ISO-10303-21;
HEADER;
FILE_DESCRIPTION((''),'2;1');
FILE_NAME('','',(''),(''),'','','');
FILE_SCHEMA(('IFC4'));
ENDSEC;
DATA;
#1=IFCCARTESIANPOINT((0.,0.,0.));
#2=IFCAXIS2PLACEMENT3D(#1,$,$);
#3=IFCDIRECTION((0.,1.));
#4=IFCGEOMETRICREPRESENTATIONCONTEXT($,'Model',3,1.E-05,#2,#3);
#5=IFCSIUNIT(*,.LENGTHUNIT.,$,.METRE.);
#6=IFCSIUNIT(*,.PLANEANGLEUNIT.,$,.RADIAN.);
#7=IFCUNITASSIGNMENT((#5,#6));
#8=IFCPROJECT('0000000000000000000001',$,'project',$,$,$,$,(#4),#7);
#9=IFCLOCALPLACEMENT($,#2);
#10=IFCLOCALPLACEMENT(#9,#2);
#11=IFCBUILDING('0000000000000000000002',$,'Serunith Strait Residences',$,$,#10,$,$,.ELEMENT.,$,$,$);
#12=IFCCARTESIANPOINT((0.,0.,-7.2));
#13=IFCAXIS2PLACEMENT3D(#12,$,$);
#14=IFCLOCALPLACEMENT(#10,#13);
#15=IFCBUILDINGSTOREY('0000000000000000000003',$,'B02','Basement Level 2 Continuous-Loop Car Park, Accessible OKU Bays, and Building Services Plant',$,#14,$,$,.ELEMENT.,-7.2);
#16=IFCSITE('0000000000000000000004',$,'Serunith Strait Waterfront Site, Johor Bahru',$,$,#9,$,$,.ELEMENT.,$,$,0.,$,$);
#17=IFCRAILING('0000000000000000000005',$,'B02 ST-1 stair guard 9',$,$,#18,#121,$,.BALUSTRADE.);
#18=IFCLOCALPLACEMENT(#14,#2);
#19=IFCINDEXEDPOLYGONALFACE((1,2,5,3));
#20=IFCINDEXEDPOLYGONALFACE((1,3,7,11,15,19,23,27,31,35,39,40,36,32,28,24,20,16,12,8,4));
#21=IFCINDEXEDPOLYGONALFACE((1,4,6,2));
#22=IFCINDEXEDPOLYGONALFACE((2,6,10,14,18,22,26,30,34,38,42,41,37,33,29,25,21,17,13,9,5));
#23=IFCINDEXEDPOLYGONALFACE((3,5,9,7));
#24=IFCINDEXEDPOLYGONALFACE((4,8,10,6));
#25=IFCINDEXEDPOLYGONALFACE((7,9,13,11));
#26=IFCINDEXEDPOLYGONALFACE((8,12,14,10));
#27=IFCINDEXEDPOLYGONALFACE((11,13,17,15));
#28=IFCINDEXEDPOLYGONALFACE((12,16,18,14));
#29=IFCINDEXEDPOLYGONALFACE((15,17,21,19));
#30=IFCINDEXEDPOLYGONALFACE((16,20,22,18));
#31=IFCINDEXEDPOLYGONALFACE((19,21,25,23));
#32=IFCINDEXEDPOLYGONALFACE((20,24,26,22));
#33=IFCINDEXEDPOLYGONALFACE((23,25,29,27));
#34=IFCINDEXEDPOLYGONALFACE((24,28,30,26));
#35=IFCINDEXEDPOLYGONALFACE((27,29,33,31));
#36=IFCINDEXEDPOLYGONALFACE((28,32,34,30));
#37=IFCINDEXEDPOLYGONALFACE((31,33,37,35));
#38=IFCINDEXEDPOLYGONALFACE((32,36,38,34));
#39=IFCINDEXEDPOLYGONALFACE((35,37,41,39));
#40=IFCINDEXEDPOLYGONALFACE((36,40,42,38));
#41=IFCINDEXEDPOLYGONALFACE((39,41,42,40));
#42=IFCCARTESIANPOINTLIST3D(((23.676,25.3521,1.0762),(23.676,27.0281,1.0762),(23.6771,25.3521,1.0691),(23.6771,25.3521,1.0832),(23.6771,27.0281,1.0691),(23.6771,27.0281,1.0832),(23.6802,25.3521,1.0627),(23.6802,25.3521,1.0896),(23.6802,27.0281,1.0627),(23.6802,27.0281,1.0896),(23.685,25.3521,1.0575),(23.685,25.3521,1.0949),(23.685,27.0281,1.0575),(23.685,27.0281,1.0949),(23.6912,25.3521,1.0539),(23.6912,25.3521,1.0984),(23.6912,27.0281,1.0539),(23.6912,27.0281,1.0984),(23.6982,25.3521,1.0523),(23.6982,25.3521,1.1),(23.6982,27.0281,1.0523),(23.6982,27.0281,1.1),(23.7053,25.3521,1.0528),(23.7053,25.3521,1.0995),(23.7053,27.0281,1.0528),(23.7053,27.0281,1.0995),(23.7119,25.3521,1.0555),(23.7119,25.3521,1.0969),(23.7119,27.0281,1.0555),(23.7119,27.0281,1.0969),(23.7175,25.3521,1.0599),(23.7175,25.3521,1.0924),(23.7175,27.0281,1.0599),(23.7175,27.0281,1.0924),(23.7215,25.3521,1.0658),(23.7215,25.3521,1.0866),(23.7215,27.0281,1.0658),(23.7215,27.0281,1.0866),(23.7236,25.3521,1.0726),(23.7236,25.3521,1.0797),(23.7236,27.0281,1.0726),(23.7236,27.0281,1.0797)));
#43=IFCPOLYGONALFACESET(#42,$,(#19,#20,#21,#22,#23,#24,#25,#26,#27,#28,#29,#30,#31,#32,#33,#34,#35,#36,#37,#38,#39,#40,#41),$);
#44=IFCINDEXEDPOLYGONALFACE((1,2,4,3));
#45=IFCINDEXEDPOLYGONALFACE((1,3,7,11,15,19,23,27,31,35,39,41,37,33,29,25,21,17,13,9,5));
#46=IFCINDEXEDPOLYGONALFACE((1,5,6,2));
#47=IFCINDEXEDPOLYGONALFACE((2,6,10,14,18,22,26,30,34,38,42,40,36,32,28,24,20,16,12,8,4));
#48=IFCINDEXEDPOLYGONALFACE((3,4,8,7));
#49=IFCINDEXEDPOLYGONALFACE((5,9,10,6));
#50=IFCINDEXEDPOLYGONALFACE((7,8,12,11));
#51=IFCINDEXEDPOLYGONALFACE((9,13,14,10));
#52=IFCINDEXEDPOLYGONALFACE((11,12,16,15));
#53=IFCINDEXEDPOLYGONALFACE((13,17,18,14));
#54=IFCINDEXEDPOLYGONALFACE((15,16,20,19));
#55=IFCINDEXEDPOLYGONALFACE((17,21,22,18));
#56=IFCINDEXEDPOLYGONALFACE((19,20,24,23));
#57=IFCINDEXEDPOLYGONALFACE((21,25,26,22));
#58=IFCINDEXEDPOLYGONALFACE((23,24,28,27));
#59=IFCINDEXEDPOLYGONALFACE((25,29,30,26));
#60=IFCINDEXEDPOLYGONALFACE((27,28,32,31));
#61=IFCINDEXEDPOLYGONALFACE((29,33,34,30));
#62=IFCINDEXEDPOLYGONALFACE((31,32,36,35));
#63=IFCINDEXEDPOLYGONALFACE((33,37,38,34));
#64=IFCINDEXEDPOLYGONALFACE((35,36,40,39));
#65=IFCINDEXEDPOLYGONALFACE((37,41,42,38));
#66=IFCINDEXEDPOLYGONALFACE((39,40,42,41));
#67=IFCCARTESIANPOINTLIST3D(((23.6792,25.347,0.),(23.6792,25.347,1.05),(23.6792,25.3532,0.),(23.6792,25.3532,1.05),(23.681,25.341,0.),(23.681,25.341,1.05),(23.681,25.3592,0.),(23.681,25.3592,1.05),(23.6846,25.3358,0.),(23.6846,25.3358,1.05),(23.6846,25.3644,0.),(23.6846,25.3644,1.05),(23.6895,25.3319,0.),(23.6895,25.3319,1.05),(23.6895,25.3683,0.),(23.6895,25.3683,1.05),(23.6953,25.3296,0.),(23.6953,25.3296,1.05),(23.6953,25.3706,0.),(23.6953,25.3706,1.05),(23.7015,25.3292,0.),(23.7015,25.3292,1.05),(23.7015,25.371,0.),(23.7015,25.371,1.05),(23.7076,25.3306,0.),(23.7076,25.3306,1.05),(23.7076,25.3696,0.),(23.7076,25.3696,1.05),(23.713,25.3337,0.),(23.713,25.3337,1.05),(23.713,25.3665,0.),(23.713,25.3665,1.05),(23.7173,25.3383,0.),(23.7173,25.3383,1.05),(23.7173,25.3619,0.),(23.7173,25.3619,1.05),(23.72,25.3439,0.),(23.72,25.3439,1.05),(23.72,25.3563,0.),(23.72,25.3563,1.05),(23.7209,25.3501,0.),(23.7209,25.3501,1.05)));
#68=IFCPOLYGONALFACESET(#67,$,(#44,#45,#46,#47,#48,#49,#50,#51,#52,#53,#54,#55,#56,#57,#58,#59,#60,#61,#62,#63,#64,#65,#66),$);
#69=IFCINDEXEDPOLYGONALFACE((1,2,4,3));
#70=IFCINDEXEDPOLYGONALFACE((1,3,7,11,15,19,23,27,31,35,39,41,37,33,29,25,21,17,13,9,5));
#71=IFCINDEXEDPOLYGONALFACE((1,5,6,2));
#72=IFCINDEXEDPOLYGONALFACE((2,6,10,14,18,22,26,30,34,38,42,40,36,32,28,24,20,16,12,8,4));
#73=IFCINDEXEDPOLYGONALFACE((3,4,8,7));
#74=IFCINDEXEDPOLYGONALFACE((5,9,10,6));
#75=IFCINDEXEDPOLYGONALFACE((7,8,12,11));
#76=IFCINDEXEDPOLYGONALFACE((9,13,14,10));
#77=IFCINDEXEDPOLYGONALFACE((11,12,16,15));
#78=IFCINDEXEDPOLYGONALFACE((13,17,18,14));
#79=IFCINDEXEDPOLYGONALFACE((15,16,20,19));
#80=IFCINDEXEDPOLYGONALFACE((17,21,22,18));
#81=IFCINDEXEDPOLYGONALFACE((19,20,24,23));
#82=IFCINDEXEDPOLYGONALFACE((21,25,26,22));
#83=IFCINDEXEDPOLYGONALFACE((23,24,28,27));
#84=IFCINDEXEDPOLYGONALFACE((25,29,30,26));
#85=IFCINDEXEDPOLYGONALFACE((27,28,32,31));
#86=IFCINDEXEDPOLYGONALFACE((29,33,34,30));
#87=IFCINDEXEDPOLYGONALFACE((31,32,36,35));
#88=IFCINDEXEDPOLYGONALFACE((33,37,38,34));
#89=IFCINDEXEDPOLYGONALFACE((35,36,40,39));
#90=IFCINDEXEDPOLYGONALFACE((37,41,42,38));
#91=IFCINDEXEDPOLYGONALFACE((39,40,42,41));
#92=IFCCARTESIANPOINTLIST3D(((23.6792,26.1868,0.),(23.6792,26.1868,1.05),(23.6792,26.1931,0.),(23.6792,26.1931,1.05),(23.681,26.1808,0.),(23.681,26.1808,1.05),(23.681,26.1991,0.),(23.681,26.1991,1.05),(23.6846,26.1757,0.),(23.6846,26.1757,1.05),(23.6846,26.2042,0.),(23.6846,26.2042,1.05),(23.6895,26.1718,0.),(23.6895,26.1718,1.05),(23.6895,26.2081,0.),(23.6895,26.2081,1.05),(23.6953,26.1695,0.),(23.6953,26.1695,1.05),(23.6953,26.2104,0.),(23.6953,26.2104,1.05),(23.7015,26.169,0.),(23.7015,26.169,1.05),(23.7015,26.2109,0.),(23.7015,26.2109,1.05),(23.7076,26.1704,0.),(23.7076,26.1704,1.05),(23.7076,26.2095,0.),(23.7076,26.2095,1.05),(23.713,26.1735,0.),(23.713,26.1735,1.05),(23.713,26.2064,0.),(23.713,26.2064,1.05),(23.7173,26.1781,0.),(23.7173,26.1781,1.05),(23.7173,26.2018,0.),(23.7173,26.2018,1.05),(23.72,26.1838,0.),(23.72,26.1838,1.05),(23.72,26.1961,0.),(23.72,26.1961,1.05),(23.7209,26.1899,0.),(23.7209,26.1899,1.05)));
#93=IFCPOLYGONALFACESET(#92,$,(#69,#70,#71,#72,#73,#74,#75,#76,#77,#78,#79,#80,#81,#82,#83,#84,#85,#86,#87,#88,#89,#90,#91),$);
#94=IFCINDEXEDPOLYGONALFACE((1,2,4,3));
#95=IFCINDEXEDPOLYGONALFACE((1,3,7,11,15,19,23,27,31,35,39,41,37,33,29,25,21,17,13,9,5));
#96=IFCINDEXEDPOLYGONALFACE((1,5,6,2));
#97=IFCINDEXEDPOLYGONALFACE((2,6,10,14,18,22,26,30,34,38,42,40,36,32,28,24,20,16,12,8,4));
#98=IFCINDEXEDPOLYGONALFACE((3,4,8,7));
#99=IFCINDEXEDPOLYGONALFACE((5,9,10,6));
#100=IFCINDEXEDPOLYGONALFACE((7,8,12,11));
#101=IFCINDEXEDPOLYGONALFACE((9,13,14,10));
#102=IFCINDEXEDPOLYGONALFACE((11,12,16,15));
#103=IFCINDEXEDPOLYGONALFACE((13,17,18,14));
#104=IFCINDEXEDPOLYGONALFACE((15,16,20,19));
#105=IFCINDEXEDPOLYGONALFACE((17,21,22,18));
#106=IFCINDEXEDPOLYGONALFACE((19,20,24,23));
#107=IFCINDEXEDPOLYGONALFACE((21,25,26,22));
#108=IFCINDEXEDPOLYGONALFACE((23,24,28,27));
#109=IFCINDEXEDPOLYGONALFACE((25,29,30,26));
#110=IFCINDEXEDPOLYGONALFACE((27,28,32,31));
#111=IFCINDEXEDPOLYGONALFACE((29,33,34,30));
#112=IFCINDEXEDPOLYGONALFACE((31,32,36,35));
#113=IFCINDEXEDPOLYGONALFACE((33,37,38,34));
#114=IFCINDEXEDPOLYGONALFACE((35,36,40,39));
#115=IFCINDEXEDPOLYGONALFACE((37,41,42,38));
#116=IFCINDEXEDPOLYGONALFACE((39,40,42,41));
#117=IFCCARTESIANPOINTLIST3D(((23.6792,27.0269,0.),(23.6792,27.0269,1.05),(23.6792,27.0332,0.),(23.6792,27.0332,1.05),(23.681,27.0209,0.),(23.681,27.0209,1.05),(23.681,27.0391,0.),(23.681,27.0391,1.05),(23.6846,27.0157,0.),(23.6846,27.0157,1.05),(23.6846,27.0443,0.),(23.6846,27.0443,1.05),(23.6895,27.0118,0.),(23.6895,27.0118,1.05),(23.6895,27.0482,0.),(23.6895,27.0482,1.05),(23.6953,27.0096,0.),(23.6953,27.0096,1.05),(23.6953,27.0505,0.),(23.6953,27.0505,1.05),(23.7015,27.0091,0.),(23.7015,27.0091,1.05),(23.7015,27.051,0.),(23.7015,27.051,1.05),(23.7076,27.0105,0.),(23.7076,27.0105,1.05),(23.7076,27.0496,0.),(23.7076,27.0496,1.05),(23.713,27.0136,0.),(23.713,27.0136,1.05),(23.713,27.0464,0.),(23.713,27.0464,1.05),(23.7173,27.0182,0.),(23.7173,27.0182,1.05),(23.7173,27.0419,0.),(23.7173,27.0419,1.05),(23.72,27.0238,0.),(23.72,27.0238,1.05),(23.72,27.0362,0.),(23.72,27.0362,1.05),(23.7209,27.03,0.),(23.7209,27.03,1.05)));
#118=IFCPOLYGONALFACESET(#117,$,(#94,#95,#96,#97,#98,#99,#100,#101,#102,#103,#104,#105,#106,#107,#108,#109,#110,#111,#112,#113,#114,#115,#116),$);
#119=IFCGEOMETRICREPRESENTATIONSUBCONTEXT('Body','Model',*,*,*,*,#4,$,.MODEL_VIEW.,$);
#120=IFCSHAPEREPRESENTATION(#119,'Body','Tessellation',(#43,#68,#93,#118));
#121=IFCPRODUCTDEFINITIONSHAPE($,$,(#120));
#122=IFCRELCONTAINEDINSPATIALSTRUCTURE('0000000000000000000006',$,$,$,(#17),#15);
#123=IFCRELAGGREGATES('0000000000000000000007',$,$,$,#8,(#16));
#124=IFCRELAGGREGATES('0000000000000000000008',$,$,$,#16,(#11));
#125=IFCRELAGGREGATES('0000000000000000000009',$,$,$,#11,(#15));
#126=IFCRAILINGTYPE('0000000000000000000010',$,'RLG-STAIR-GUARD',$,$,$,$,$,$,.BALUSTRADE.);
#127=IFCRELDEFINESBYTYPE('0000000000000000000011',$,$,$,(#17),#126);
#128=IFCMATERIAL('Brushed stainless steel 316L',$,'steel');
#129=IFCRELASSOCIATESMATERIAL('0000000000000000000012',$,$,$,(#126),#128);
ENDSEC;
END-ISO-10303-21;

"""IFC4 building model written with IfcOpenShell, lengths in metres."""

from ifc_helpers import new_model, si_unit, direction, frame, origin, origin_2d, place, context, subcontext, project, spatial, circle, extrude, material, type_object, element, save


model = new_model("IFC4")

# Units and contexts
model_context = context("Model", 3, precision=1e-05, world=origin(), true_north=direction((0.0, 1.0)))
body_context = subcontext(model_context, "Body", "Model", "MODEL_VIEW")
ifc_project = project(units=[si_unit("LENGTHUNIT", "METRE"), si_unit("PLANEANGLEUNIT", "RADIAN")], contexts=[model_context])

# Site, building, storey
site_placement = place(None, origin())
site = spatial("IfcSite", under=ifc_project, at=site_placement, Name="Serunith Strait Waterfront Site, Johor Bahru", CompositionType="ELEMENT", RefElevation=0.0)
building_placement = place(site_placement, origin())
building = spatial("IfcBuilding", under=site, at=building_placement, Name="Serunith Strait Residences", CompositionType="ELEMENT")
storey_placement = place(building_placement, frame((0.0, 0.0, -7.2)))
storey = spatial("IfcBuildingStorey", under=building, at=storey_placement, Name="B02", Description="Basement Level 2 Continuous-Loop Car Park, Accessible OKU Bays, and Building Services Plant", CompositionType="ELEMENT", Elevation=-7.2)

# Railing
ifc_material_1 = material(Name="Brushed stainless steel 316L", Category="steel")
railing_type = type_object("IfcRailingType", Name="RLG-STAIR-GUARD", PredefinedType="BALUSTRADE", material=ifc_material_1)
railing_placement = place(storey_placement, frame((23.7, 25.3501, 0.0)))
element("IfcRailing", 1, at=railing_placement, inside=storey, type_object=railing_type, Name="B02 ST-1 stair guard 9", PredefinedType="BALUSTRADE", context=body_context, shape_type="SweptSolid", body=[
    extrude(circle(Radius=0.0239, at=origin_2d()), frame((0.0, 0.002, 1.0762), z_axis=(0.0, 1.0, 0.0), x_axis=(-1.0, 0.0, 0.0)), (0.0, 0.0, 1.0), 1.676),
    extrude(circle(Radius=0.021, at=origin_2d()), origin(), (0.0, 0.0, 1.0), 1.05),
    extrude(circle(Radius=0.021, at=origin_2d()), frame((0.0, 0.8398, 0.0)), (0.0, 0.0, 1.0), 1.05),
    extrude(circle(Radius=0.021, at=origin_2d()), frame((0.0, 1.6799, 0.0)), (0.0, 0.0, 1.0), 1.05),
])

save(model, "model.ifc")
